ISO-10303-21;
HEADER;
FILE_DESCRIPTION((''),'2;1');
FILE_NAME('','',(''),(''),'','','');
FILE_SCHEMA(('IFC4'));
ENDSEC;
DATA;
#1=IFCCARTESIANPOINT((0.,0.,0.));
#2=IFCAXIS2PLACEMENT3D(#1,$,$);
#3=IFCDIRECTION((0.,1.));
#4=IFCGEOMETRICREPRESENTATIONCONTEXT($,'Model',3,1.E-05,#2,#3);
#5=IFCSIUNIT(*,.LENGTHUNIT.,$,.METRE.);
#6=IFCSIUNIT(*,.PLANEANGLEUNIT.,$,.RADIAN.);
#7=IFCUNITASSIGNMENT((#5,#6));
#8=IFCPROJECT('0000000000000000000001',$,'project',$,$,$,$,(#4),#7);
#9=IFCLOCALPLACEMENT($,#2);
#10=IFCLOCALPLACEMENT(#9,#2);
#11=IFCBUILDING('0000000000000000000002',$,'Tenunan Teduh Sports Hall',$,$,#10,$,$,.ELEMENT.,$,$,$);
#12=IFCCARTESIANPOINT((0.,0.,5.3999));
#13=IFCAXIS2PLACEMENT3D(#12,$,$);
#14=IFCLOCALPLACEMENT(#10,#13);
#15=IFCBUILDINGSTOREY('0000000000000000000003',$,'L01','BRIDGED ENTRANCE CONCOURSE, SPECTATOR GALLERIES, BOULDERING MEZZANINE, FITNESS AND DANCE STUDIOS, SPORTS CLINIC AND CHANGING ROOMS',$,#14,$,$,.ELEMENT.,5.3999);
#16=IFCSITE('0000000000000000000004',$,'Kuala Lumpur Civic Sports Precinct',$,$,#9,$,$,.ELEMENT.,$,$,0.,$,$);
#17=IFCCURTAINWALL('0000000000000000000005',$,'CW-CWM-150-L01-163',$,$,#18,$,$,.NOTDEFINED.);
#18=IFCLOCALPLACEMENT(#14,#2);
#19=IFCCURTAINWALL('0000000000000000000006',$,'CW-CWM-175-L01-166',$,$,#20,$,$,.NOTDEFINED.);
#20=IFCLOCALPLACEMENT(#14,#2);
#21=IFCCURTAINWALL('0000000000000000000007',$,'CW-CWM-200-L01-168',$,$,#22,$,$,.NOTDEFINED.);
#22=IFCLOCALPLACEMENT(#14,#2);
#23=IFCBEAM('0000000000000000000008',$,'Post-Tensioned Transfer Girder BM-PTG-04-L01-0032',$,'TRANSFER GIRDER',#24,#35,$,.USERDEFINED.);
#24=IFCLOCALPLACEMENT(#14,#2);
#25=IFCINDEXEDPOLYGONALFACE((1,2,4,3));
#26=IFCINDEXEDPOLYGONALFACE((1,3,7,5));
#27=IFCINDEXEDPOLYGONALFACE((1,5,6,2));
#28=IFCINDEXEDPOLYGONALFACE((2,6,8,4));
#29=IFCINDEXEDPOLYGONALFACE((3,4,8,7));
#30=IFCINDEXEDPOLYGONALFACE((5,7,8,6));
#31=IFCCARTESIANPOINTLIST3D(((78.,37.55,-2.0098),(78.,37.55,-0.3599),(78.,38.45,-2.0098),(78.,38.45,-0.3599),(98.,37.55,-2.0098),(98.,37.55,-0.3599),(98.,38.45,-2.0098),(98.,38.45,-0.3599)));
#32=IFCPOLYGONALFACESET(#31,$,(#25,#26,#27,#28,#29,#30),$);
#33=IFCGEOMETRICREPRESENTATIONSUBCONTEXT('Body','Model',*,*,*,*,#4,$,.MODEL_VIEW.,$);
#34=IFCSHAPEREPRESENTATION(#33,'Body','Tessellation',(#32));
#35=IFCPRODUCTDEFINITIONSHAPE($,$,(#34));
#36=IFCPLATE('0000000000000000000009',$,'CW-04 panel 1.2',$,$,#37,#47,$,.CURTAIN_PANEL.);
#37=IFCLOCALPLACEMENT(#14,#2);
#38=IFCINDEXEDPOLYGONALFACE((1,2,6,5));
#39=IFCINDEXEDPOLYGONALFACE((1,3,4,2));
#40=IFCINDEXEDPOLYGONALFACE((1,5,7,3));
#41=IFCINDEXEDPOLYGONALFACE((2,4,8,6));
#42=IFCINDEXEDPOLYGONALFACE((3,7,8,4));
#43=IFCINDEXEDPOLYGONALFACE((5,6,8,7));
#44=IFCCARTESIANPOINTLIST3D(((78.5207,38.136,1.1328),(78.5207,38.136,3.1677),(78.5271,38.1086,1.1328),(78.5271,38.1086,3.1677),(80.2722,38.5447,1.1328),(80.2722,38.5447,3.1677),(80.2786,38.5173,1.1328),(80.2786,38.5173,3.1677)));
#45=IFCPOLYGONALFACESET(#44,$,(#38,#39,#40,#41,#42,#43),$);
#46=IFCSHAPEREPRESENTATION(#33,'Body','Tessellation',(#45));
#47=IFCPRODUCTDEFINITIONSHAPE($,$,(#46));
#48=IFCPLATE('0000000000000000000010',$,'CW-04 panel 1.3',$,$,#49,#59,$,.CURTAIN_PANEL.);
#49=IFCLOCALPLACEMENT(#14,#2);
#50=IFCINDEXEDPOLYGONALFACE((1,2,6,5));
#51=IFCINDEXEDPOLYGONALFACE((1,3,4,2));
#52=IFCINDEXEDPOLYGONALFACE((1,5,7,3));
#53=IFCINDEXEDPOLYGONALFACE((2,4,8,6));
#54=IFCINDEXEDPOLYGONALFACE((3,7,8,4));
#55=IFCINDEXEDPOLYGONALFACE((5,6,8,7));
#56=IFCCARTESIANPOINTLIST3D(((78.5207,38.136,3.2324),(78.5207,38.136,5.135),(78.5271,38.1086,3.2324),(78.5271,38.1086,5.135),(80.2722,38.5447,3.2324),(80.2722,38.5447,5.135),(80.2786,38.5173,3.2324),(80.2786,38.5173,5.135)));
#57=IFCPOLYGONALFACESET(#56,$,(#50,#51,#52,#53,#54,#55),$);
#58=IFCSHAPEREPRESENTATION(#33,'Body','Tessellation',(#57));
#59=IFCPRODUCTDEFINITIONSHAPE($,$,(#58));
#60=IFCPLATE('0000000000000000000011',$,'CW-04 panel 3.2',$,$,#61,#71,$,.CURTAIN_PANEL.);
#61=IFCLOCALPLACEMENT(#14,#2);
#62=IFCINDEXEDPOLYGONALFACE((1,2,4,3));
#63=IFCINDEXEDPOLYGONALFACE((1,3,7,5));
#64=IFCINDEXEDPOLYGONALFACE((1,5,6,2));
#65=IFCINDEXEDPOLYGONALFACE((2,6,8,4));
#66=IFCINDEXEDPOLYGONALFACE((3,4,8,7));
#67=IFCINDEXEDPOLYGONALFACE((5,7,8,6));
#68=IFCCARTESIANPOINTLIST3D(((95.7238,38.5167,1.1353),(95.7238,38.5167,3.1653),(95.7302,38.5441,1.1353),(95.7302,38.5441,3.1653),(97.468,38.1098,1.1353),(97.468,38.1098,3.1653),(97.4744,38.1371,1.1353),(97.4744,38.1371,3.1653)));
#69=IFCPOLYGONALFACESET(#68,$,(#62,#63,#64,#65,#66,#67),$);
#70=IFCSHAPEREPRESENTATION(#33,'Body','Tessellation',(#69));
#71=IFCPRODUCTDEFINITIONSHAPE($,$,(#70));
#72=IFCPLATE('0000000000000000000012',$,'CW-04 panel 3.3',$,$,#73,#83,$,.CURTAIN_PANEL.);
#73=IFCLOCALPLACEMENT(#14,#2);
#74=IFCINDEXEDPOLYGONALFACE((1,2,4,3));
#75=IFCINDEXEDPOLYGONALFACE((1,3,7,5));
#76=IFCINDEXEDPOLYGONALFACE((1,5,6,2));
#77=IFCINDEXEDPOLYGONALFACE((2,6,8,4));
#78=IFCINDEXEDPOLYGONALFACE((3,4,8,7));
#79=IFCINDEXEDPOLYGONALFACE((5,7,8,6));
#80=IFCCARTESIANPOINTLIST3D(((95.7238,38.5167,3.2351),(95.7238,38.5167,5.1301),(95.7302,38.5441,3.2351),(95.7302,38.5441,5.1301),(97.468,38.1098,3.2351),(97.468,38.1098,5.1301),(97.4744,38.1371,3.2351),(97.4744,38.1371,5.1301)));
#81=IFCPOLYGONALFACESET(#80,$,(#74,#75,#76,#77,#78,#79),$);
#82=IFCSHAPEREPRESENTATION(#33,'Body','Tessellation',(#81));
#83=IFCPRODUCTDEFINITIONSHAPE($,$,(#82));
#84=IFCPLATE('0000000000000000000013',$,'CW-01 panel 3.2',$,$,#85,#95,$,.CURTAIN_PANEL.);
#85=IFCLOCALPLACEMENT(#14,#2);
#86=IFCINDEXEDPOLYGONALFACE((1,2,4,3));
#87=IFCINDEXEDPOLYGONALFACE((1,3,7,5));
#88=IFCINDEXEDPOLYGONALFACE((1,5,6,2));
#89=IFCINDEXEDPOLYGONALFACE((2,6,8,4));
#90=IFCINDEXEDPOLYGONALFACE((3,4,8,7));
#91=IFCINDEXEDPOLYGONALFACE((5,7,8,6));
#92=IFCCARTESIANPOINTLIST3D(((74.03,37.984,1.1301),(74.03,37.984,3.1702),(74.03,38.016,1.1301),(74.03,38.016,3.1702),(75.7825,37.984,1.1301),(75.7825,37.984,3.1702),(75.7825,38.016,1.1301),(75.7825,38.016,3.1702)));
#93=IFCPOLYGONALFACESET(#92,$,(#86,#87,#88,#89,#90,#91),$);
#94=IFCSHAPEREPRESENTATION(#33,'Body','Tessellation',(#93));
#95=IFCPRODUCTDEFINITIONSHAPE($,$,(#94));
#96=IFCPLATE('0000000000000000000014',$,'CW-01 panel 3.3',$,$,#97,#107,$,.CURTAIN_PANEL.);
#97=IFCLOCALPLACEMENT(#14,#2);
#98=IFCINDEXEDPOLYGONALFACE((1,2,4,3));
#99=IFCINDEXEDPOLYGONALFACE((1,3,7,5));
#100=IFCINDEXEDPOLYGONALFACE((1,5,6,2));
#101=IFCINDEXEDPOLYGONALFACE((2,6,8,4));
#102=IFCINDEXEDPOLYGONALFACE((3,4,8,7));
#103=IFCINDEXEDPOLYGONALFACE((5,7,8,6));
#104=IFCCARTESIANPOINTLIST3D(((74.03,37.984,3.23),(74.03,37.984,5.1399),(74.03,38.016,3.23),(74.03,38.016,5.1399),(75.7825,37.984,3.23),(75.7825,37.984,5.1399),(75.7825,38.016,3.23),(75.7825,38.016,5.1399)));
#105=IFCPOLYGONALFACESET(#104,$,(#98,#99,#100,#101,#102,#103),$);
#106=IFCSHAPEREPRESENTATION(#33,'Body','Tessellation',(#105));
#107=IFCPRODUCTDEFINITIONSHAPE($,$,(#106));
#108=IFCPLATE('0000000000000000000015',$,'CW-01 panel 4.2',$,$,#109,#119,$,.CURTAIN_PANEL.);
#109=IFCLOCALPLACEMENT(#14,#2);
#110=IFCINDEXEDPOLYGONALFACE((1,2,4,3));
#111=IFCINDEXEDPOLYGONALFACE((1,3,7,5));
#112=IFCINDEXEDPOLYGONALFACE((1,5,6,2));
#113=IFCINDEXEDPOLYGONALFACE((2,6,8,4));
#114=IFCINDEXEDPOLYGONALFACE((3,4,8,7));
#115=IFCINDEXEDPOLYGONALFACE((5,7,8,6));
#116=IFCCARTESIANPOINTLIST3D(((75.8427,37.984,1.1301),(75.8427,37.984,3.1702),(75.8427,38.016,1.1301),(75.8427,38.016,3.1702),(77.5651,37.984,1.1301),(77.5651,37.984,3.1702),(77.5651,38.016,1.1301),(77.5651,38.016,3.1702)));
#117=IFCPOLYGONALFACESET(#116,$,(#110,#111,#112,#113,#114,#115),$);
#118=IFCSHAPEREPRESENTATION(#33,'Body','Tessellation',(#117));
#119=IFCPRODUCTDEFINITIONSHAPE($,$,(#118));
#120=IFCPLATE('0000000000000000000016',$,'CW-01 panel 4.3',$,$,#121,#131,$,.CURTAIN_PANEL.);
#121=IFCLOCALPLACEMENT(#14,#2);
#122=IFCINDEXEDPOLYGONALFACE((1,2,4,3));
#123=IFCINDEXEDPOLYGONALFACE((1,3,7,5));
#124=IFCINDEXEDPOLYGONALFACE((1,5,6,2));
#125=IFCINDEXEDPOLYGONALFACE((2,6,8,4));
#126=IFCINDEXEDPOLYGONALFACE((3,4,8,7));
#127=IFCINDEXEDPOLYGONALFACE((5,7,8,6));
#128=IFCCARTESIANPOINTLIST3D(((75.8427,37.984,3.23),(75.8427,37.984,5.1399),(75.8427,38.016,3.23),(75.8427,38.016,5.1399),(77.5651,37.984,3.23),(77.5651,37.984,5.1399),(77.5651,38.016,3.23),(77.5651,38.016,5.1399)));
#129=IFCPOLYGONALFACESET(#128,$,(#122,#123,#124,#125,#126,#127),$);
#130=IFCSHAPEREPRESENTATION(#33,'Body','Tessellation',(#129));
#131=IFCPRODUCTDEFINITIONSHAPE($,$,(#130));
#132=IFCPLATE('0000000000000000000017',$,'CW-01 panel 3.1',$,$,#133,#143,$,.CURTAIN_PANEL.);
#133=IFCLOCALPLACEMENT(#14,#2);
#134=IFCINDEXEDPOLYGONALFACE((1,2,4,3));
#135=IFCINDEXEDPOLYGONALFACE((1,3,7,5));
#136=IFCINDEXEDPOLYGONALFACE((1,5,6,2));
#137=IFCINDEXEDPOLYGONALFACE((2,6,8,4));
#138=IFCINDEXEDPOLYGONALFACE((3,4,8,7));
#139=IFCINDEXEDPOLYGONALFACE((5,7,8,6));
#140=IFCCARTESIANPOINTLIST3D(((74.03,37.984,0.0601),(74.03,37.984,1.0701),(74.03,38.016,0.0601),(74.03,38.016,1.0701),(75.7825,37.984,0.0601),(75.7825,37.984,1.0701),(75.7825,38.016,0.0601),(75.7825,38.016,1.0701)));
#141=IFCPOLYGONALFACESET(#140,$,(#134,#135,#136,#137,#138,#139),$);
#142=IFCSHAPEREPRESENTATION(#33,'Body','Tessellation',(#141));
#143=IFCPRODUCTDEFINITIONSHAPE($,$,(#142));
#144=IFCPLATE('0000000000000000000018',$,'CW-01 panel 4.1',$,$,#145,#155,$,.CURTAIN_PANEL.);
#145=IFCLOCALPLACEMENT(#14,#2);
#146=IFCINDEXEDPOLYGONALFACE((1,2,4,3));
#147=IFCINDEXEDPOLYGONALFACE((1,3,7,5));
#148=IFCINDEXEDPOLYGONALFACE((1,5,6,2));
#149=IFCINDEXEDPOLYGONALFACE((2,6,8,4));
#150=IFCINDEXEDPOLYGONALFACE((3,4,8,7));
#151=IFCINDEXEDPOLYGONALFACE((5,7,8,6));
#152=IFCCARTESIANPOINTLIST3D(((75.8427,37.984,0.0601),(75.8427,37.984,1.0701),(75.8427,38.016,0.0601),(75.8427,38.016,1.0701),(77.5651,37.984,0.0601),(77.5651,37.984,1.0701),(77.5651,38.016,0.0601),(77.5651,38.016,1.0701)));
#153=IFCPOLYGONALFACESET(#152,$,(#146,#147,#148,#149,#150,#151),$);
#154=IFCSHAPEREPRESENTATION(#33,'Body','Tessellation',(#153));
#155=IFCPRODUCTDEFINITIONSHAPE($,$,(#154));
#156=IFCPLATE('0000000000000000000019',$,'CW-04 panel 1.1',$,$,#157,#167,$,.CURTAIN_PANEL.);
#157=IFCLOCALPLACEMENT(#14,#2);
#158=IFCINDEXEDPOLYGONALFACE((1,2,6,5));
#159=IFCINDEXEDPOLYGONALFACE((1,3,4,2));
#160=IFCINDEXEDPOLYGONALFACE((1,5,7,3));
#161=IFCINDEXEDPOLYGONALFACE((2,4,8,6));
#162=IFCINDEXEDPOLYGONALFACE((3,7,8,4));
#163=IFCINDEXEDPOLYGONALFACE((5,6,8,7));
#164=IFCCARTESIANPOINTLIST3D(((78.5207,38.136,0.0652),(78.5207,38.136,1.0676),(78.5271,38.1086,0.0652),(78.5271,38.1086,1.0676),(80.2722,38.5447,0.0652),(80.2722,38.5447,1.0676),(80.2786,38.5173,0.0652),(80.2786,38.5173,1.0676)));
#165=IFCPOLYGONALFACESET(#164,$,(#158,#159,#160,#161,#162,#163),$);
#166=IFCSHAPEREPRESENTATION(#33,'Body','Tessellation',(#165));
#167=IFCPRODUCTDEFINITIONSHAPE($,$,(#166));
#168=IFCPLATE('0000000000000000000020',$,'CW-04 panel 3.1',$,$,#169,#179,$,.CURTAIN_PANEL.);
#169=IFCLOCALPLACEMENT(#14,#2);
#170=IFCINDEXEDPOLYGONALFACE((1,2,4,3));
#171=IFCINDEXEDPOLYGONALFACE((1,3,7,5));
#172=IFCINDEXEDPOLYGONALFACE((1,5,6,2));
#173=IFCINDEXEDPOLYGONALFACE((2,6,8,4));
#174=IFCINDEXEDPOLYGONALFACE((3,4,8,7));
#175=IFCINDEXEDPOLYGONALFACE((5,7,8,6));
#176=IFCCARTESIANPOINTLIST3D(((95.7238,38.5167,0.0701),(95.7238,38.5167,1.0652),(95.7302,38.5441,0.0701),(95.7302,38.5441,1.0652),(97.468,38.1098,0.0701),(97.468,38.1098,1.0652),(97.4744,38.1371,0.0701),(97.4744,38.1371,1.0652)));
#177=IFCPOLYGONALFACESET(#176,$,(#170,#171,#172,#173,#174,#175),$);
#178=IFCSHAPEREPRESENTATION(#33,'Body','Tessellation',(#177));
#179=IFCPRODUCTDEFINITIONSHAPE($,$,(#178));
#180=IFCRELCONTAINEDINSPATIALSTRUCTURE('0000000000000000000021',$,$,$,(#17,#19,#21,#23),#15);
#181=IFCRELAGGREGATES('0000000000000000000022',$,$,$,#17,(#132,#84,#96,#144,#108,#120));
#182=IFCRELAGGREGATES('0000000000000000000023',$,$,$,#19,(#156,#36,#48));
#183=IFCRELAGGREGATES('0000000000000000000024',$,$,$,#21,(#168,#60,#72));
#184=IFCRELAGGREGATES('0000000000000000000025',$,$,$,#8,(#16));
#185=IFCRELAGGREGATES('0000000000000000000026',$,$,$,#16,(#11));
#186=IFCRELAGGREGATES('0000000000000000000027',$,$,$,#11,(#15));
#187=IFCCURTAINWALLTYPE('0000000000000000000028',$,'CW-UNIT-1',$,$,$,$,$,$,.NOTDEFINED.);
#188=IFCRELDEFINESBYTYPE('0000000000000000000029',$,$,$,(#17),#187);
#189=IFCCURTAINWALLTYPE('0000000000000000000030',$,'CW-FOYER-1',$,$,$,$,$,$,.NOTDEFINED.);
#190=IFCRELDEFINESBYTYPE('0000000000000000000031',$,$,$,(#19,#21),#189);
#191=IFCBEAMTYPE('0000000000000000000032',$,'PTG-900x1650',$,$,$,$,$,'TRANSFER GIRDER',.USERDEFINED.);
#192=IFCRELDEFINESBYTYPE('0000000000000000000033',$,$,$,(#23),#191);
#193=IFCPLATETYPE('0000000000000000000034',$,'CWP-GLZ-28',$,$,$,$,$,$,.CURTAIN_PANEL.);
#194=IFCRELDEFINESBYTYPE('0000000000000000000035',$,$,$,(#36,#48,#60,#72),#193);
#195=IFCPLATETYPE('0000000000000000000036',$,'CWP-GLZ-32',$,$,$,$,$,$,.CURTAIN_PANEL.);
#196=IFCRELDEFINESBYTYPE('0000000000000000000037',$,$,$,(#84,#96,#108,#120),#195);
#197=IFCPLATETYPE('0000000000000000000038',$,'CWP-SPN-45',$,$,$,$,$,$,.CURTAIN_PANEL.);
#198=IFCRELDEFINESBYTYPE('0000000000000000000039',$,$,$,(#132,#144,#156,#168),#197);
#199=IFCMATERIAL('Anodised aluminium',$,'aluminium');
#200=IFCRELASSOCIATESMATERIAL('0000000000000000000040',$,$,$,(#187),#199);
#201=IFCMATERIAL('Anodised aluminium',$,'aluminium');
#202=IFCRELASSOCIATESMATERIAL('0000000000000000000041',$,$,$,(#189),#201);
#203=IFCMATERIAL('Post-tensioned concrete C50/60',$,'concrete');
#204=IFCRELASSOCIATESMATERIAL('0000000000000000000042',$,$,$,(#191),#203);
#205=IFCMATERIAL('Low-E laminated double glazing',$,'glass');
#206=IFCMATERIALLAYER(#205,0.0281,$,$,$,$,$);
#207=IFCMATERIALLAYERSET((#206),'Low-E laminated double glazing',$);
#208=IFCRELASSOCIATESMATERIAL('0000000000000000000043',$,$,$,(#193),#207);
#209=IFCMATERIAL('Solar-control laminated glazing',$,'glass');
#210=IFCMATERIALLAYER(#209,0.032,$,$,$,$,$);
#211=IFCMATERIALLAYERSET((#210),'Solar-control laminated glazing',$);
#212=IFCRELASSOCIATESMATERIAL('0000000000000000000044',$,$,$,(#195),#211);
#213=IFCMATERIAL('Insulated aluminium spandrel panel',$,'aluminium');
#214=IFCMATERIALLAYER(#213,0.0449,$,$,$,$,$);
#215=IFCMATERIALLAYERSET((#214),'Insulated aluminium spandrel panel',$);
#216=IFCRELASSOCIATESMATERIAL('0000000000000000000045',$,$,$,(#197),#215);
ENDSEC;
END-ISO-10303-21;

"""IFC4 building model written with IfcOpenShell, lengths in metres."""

from ifc_helpers import new_model, si_unit, direction, frame, origin, origin_2d, place, context, subcontext, project, spatial, rectangle, extrude, material, layer, layer_set, material_profile, profile_set, type_object, element, aggregate, save


model = new_model("IFC4")

# Units and contexts
model_context = context("Model", 3, precision=1e-05, world=origin(), true_north=direction((0.0, 1.0)))
body_context = subcontext(model_context, "Body", "Model", "MODEL_VIEW")
ifc_project = project(units=[si_unit("LENGTHUNIT", "METRE"), si_unit("PLANEANGLEUNIT", "RADIAN")], contexts=[model_context])

# Site, building, storey
site_placement = place(None, origin())
site = spatial("IfcSite", under=ifc_project, at=site_placement, Name="Kuala Lumpur Civic Sports Precinct", CompositionType="ELEMENT", RefElevation=0.0)
building_placement = place(site_placement, origin())
building = spatial("IfcBuilding", under=site, at=building_placement, Name="Tenunan Teduh Sports Hall", CompositionType="ELEMENT")
storey_placement = place(building_placement, frame((0.0, 0.0, 5.3999)))
storey = spatial("IfcBuildingStorey", under=building, at=storey_placement, Name="L01", Description="BRIDGED ENTRANCE CONCOURSE, SPECTATOR GALLERIES, BOULDERING MEZZANINE, FITNESS AND DANCE STUDIOS, SPORTS CLINIC AND CHANGING ROOMS", CompositionType="ELEMENT", Elevation=5.3999)

# Curtain walls
ifc_material_1 = material(Name="Anodised aluminium", Category="aluminium")
curtain_wall_type_1 = type_object("IfcCurtainWallType", Name="CW-UNIT-1", PredefinedType="NOTDEFINED", material=ifc_material_1)
curtain_wall_1_placement = place(storey_placement, origin())
curtain_wall_1 = element("IfcCurtainWall", 1, at=curtain_wall_1_placement, inside=storey, type_object=curtain_wall_type_1, Name="CW-CWM-150-L01-163", PredefinedType="NOTDEFINED")
ifc_material_2 = material(Name="Anodised aluminium", Category="aluminium")
curtain_wall_type_2 = type_object("IfcCurtainWallType", Name="CW-FOYER-1", PredefinedType="NOTDEFINED", material=ifc_material_2)
curtain_wall_2_placement = place(storey_placement, origin())
curtain_wall_2 = element("IfcCurtainWall", 2, at=curtain_wall_2_placement, inside=storey, type_object=curtain_wall_type_2, Name="CW-CWM-175-L01-166", PredefinedType="NOTDEFINED")

# Curtain wall
curtain_wall_3_placement = place(storey_placement, origin())
curtain_wall_3 = element("IfcCurtainWall", 3, at=curtain_wall_3_placement, inside=storey, type_object=curtain_wall_type_2, Name="CW-CWM-200-L01-168", PredefinedType="NOTDEFINED")

# Beam
ifc_material_3 = material(Name="Post-tensioned concrete C50/60", Category="concrete")
ifc_material_profile_1 = material_profile(ifc_material_3, rectangle(XDim=0.8999, YDim=1.6499, at=origin_2d()), Name="PTG 900x1650")
ifc_profile_set_1 = profile_set([ifc_material_profile_1], Name="Post-tensioned concrete C50/60")
beam_type_1 = type_object("IfcBeamType", Name="PTG-900x1650", ElementType="TRANSFER GIRDER", PredefinedType="USERDEFINED", material=ifc_profile_set_1)
beam_1_placement = place(storey_placement, frame((78.0, 38.0, -1.1848), z_axis=(1.0, 0.0, 0.0), x_axis=(0.0, 1.0, 0.0)))
element("IfcBeam", 4, at=beam_1_placement, inside=storey, type_object=beam_type_1, Name="Post-Tensioned Transfer Girder BM-PTG-04-L01-0032", ObjectType="TRANSFER GIRDER", PredefinedType="USERDEFINED", context=body_context, shape_type="SweptSolid", body=[
    extrude(rectangle(XDim=0.8999, YDim=1.6499, at=origin_2d()), origin(), (0.0, 0.0, 1.0), 20.0),
])

# Plates
ifc_material_4 = material(Name="Low-E laminated double glazing", Category="glass")
ifc_layer_1 = layer(ifc_material_4, 0.0281)
ifc_layer_set_1 = layer_set([ifc_layer_1], Name="Low-E laminated double glazing")
plate_type_1 = type_object("IfcPlateType", Name="CWP-GLZ-28", PredefinedType="CURTAIN_PANEL", material=ifc_layer_set_1)
plate_1_placement = place(storey_placement, frame((79.3997, 38.3267, 1.1328), z_axis=(0.0, 0.0, 1.0), x_axis=(0.973842, 0.227225, 0.0)))
plate_1 = element("IfcPlate", 5, at=plate_1_placement, type_object=plate_type_1, Name="CW-04 panel 1.2", PredefinedType="CURTAIN_PANEL", context=body_context, shape_type="SweptSolid", body=[
    extrude(rectangle(XDim=1.7986, YDim=0.0281, at=origin_2d()), origin(), (0.0, 0.0, 1.0), 2.0349),
])
plate_2_placement = place(storey_placement, frame((79.3997, 38.3267, 3.2324), z_axis=(0.0, 0.0, 1.0), x_axis=(0.973842, 0.227225, 0.0)))
plate_2 = element("IfcPlate", 6, at=plate_2_placement, type_object=plate_type_1, Name="CW-04 panel 1.3", PredefinedType="CURTAIN_PANEL", context=body_context, shape_type="SweptSolid", body=[
    extrude(rectangle(XDim=1.7986, YDim=0.0281, at=origin_2d()), origin(), (0.0, 0.0, 1.0), 1.9026),
])
plate_3_placement = place(storey_placement, frame((96.5991, 38.3269, 1.1353), z_axis=(0.0, 0.0, 1.0), x_axis=(0.973842, -0.227225, 0.0)))
plate_3 = element("IfcPlate", 7, at=plate_3_placement, type_object=plate_type_1, Name="CW-04 panel 3.2", PredefinedType="CURTAIN_PANEL", context=body_context, shape_type="SweptSolid", body=[
    extrude(rectangle(XDim=1.791, YDim=0.0281, at=origin_2d()), origin(), (0.0, 0.0, 1.0), 2.03),
])
plate_4_placement = place(storey_placement, frame((96.5991, 38.3269, 3.2351), z_axis=(0.0, 0.0, 1.0), x_axis=(0.973842, -0.227225, 0.0)))
plate_4 = element("IfcPlate", 8, at=plate_4_placement, type_object=plate_type_1, Name="CW-04 panel 3.3", PredefinedType="CURTAIN_PANEL", context=body_context, shape_type="SweptSolid", body=[
    extrude(rectangle(XDim=1.791, YDim=0.0281, at=origin_2d()), origin(), (0.0, 0.0, 1.0), 1.895),
])
ifc_material_5 = material(Name="Solar-control laminated glazing", Category="glass")
ifc_layer_2 = layer(ifc_material_5, 0.032)
ifc_layer_set_2 = layer_set([ifc_layer_2], Name="Solar-control laminated glazing")
plate_type_2 = type_object("IfcPlateType", Name="CWP-GLZ-32", PredefinedType="CURTAIN_PANEL", material=ifc_layer_set_2)
plate_5_placement = place(storey_placement, frame((74.9062, 38.0, 1.1301), z_axis=(0.0, 0.0, 1.0), x_axis=(1.0, 0.0, 0.0)))
plate_5 = element("IfcPlate", 9, at=plate_5_placement, type_object=plate_type_2, Name="CW-01 panel 3.2", PredefinedType="CURTAIN_PANEL", context=body_context, shape_type="SweptSolid", body=[
    extrude(rectangle(XDim=1.7524, YDim=0.032, at=origin_2d()), origin(), (0.0, 0.0, 1.0), 2.04),
])
plate_6_placement = place(storey_placement, frame((74.9062, 38.0, 3.23), z_axis=(0.0, 0.0, 1.0), x_axis=(1.0, 0.0, 0.0)))
plate_6 = element("IfcPlate", 10, at=plate_6_placement, type_object=plate_type_2, Name="CW-01 panel 3.3", PredefinedType="CURTAIN_PANEL", context=body_context, shape_type="SweptSolid", body=[
    extrude(rectangle(XDim=1.7524, YDim=0.032, at=origin_2d()), origin(), (0.0, 0.0, 1.0), 1.9099),
])
plate_7_placement = place(storey_placement, frame((76.7039, 38.0, 1.1301), z_axis=(0.0, 0.0, 1.0), x_axis=(1.0, 0.0, 0.0)))
plate_7 = element("IfcPlate", 11, at=plate_7_placement, type_object=plate_type_2, Name="CW-01 panel 4.2", PredefinedType="CURTAIN_PANEL", context=body_context, shape_type="SweptSolid", body=[
    extrude(rectangle(XDim=1.7224, YDim=0.032, at=origin_2d()), origin(), (0.0, 0.0, 1.0), 2.04),
])
plate_8_placement = place(storey_placement, frame((76.7039, 38.0, 3.23), z_axis=(0.0, 0.0, 1.0), x_axis=(1.0, 0.0, 0.0)))
plate_8 = element("IfcPlate", 12, at=plate_8_placement, type_object=plate_type_2, Name="CW-01 panel 4.3", PredefinedType="CURTAIN_PANEL", context=body_context, shape_type="SweptSolid", body=[
    extrude(rectangle(XDim=1.7224, YDim=0.032, at=origin_2d()), origin(), (0.0, 0.0, 1.0), 1.9099),
])
ifc_material_6 = material(Name="Insulated aluminium spandrel panel", Category="aluminium")
ifc_layer_3 = layer(ifc_material_6, 0.0449)
ifc_layer_set_3 = layer_set([ifc_layer_3], Name="Insulated aluminium spandrel panel")
plate_type_3 = type_object("IfcPlateType", Name="CWP-SPN-45", PredefinedType="CURTAIN_PANEL", material=ifc_layer_set_3)
plate_9_placement = place(storey_placement, frame((74.9062, 38.0, 0.0601), z_axis=(0.0, 0.0, 1.0), x_axis=(1.0, 0.0, 0.0)))
plate_9 = element("IfcPlate", 13, at=plate_9_placement, type_object=plate_type_3, Name="CW-01 panel 3.1", PredefinedType="CURTAIN_PANEL", context=body_context, shape_type="SweptSolid", body=[
    extrude(rectangle(XDim=1.7524, YDim=0.032, at=origin_2d()), origin(), (0.0, 0.0, 1.0), 1.01),
])
plate_10_placement = place(storey_placement, frame((76.7039, 38.0, 0.0601), z_axis=(0.0, 0.0, 1.0), x_axis=(1.0, 0.0, 0.0)))
plate_10 = element("IfcPlate", 14, at=plate_10_placement, type_object=plate_type_3, Name="CW-01 panel 4.1", PredefinedType="CURTAIN_PANEL", context=body_context, shape_type="SweptSolid", body=[
    extrude(rectangle(XDim=1.7224, YDim=0.032, at=origin_2d()), origin(), (0.0, 0.0, 1.0), 1.01),
])
aggregate(curtain_wall_1, [plate_9, plate_5, plate_6, plate_10, plate_7, plate_8])
plate_11_placement = place(storey_placement, frame((79.3997, 38.3267, 0.0652), z_axis=(0.0, 0.0, 1.0), x_axis=(0.973842, 0.227225, 0.0)))
plate_11 = element("IfcPlate", 15, at=plate_11_placement, type_object=plate_type_3, Name="CW-04 panel 1.1", PredefinedType="CURTAIN_PANEL", context=body_context, shape_type="SweptSolid", body=[
    extrude(rectangle(XDim=1.7986, YDim=0.0281, at=origin_2d()), origin(), (0.0, 0.0, 1.0), 1.0024),
])
aggregate(curtain_wall_2, [plate_11, plate_1, plate_2])
plate_12_placement = place(storey_placement, frame((96.5991, 38.3269, 0.0701), z_axis=(0.0, 0.0, 1.0), x_axis=(0.973842, -0.227225, 0.0)))
plate_12 = element("IfcPlate", 16, at=plate_12_placement, type_object=plate_type_3, Name="CW-04 panel 3.1", PredefinedType="CURTAIN_PANEL", context=body_context, shape_type="SweptSolid", body=[
    extrude(rectangle(XDim=1.791, YDim=0.0281, at=origin_2d()), origin(), (0.0, 0.0, 1.0), 0.9951),
])
aggregate(curtain_wall_3, [plate_12, plate_3, plate_4])

save(model, "model.ifc")
